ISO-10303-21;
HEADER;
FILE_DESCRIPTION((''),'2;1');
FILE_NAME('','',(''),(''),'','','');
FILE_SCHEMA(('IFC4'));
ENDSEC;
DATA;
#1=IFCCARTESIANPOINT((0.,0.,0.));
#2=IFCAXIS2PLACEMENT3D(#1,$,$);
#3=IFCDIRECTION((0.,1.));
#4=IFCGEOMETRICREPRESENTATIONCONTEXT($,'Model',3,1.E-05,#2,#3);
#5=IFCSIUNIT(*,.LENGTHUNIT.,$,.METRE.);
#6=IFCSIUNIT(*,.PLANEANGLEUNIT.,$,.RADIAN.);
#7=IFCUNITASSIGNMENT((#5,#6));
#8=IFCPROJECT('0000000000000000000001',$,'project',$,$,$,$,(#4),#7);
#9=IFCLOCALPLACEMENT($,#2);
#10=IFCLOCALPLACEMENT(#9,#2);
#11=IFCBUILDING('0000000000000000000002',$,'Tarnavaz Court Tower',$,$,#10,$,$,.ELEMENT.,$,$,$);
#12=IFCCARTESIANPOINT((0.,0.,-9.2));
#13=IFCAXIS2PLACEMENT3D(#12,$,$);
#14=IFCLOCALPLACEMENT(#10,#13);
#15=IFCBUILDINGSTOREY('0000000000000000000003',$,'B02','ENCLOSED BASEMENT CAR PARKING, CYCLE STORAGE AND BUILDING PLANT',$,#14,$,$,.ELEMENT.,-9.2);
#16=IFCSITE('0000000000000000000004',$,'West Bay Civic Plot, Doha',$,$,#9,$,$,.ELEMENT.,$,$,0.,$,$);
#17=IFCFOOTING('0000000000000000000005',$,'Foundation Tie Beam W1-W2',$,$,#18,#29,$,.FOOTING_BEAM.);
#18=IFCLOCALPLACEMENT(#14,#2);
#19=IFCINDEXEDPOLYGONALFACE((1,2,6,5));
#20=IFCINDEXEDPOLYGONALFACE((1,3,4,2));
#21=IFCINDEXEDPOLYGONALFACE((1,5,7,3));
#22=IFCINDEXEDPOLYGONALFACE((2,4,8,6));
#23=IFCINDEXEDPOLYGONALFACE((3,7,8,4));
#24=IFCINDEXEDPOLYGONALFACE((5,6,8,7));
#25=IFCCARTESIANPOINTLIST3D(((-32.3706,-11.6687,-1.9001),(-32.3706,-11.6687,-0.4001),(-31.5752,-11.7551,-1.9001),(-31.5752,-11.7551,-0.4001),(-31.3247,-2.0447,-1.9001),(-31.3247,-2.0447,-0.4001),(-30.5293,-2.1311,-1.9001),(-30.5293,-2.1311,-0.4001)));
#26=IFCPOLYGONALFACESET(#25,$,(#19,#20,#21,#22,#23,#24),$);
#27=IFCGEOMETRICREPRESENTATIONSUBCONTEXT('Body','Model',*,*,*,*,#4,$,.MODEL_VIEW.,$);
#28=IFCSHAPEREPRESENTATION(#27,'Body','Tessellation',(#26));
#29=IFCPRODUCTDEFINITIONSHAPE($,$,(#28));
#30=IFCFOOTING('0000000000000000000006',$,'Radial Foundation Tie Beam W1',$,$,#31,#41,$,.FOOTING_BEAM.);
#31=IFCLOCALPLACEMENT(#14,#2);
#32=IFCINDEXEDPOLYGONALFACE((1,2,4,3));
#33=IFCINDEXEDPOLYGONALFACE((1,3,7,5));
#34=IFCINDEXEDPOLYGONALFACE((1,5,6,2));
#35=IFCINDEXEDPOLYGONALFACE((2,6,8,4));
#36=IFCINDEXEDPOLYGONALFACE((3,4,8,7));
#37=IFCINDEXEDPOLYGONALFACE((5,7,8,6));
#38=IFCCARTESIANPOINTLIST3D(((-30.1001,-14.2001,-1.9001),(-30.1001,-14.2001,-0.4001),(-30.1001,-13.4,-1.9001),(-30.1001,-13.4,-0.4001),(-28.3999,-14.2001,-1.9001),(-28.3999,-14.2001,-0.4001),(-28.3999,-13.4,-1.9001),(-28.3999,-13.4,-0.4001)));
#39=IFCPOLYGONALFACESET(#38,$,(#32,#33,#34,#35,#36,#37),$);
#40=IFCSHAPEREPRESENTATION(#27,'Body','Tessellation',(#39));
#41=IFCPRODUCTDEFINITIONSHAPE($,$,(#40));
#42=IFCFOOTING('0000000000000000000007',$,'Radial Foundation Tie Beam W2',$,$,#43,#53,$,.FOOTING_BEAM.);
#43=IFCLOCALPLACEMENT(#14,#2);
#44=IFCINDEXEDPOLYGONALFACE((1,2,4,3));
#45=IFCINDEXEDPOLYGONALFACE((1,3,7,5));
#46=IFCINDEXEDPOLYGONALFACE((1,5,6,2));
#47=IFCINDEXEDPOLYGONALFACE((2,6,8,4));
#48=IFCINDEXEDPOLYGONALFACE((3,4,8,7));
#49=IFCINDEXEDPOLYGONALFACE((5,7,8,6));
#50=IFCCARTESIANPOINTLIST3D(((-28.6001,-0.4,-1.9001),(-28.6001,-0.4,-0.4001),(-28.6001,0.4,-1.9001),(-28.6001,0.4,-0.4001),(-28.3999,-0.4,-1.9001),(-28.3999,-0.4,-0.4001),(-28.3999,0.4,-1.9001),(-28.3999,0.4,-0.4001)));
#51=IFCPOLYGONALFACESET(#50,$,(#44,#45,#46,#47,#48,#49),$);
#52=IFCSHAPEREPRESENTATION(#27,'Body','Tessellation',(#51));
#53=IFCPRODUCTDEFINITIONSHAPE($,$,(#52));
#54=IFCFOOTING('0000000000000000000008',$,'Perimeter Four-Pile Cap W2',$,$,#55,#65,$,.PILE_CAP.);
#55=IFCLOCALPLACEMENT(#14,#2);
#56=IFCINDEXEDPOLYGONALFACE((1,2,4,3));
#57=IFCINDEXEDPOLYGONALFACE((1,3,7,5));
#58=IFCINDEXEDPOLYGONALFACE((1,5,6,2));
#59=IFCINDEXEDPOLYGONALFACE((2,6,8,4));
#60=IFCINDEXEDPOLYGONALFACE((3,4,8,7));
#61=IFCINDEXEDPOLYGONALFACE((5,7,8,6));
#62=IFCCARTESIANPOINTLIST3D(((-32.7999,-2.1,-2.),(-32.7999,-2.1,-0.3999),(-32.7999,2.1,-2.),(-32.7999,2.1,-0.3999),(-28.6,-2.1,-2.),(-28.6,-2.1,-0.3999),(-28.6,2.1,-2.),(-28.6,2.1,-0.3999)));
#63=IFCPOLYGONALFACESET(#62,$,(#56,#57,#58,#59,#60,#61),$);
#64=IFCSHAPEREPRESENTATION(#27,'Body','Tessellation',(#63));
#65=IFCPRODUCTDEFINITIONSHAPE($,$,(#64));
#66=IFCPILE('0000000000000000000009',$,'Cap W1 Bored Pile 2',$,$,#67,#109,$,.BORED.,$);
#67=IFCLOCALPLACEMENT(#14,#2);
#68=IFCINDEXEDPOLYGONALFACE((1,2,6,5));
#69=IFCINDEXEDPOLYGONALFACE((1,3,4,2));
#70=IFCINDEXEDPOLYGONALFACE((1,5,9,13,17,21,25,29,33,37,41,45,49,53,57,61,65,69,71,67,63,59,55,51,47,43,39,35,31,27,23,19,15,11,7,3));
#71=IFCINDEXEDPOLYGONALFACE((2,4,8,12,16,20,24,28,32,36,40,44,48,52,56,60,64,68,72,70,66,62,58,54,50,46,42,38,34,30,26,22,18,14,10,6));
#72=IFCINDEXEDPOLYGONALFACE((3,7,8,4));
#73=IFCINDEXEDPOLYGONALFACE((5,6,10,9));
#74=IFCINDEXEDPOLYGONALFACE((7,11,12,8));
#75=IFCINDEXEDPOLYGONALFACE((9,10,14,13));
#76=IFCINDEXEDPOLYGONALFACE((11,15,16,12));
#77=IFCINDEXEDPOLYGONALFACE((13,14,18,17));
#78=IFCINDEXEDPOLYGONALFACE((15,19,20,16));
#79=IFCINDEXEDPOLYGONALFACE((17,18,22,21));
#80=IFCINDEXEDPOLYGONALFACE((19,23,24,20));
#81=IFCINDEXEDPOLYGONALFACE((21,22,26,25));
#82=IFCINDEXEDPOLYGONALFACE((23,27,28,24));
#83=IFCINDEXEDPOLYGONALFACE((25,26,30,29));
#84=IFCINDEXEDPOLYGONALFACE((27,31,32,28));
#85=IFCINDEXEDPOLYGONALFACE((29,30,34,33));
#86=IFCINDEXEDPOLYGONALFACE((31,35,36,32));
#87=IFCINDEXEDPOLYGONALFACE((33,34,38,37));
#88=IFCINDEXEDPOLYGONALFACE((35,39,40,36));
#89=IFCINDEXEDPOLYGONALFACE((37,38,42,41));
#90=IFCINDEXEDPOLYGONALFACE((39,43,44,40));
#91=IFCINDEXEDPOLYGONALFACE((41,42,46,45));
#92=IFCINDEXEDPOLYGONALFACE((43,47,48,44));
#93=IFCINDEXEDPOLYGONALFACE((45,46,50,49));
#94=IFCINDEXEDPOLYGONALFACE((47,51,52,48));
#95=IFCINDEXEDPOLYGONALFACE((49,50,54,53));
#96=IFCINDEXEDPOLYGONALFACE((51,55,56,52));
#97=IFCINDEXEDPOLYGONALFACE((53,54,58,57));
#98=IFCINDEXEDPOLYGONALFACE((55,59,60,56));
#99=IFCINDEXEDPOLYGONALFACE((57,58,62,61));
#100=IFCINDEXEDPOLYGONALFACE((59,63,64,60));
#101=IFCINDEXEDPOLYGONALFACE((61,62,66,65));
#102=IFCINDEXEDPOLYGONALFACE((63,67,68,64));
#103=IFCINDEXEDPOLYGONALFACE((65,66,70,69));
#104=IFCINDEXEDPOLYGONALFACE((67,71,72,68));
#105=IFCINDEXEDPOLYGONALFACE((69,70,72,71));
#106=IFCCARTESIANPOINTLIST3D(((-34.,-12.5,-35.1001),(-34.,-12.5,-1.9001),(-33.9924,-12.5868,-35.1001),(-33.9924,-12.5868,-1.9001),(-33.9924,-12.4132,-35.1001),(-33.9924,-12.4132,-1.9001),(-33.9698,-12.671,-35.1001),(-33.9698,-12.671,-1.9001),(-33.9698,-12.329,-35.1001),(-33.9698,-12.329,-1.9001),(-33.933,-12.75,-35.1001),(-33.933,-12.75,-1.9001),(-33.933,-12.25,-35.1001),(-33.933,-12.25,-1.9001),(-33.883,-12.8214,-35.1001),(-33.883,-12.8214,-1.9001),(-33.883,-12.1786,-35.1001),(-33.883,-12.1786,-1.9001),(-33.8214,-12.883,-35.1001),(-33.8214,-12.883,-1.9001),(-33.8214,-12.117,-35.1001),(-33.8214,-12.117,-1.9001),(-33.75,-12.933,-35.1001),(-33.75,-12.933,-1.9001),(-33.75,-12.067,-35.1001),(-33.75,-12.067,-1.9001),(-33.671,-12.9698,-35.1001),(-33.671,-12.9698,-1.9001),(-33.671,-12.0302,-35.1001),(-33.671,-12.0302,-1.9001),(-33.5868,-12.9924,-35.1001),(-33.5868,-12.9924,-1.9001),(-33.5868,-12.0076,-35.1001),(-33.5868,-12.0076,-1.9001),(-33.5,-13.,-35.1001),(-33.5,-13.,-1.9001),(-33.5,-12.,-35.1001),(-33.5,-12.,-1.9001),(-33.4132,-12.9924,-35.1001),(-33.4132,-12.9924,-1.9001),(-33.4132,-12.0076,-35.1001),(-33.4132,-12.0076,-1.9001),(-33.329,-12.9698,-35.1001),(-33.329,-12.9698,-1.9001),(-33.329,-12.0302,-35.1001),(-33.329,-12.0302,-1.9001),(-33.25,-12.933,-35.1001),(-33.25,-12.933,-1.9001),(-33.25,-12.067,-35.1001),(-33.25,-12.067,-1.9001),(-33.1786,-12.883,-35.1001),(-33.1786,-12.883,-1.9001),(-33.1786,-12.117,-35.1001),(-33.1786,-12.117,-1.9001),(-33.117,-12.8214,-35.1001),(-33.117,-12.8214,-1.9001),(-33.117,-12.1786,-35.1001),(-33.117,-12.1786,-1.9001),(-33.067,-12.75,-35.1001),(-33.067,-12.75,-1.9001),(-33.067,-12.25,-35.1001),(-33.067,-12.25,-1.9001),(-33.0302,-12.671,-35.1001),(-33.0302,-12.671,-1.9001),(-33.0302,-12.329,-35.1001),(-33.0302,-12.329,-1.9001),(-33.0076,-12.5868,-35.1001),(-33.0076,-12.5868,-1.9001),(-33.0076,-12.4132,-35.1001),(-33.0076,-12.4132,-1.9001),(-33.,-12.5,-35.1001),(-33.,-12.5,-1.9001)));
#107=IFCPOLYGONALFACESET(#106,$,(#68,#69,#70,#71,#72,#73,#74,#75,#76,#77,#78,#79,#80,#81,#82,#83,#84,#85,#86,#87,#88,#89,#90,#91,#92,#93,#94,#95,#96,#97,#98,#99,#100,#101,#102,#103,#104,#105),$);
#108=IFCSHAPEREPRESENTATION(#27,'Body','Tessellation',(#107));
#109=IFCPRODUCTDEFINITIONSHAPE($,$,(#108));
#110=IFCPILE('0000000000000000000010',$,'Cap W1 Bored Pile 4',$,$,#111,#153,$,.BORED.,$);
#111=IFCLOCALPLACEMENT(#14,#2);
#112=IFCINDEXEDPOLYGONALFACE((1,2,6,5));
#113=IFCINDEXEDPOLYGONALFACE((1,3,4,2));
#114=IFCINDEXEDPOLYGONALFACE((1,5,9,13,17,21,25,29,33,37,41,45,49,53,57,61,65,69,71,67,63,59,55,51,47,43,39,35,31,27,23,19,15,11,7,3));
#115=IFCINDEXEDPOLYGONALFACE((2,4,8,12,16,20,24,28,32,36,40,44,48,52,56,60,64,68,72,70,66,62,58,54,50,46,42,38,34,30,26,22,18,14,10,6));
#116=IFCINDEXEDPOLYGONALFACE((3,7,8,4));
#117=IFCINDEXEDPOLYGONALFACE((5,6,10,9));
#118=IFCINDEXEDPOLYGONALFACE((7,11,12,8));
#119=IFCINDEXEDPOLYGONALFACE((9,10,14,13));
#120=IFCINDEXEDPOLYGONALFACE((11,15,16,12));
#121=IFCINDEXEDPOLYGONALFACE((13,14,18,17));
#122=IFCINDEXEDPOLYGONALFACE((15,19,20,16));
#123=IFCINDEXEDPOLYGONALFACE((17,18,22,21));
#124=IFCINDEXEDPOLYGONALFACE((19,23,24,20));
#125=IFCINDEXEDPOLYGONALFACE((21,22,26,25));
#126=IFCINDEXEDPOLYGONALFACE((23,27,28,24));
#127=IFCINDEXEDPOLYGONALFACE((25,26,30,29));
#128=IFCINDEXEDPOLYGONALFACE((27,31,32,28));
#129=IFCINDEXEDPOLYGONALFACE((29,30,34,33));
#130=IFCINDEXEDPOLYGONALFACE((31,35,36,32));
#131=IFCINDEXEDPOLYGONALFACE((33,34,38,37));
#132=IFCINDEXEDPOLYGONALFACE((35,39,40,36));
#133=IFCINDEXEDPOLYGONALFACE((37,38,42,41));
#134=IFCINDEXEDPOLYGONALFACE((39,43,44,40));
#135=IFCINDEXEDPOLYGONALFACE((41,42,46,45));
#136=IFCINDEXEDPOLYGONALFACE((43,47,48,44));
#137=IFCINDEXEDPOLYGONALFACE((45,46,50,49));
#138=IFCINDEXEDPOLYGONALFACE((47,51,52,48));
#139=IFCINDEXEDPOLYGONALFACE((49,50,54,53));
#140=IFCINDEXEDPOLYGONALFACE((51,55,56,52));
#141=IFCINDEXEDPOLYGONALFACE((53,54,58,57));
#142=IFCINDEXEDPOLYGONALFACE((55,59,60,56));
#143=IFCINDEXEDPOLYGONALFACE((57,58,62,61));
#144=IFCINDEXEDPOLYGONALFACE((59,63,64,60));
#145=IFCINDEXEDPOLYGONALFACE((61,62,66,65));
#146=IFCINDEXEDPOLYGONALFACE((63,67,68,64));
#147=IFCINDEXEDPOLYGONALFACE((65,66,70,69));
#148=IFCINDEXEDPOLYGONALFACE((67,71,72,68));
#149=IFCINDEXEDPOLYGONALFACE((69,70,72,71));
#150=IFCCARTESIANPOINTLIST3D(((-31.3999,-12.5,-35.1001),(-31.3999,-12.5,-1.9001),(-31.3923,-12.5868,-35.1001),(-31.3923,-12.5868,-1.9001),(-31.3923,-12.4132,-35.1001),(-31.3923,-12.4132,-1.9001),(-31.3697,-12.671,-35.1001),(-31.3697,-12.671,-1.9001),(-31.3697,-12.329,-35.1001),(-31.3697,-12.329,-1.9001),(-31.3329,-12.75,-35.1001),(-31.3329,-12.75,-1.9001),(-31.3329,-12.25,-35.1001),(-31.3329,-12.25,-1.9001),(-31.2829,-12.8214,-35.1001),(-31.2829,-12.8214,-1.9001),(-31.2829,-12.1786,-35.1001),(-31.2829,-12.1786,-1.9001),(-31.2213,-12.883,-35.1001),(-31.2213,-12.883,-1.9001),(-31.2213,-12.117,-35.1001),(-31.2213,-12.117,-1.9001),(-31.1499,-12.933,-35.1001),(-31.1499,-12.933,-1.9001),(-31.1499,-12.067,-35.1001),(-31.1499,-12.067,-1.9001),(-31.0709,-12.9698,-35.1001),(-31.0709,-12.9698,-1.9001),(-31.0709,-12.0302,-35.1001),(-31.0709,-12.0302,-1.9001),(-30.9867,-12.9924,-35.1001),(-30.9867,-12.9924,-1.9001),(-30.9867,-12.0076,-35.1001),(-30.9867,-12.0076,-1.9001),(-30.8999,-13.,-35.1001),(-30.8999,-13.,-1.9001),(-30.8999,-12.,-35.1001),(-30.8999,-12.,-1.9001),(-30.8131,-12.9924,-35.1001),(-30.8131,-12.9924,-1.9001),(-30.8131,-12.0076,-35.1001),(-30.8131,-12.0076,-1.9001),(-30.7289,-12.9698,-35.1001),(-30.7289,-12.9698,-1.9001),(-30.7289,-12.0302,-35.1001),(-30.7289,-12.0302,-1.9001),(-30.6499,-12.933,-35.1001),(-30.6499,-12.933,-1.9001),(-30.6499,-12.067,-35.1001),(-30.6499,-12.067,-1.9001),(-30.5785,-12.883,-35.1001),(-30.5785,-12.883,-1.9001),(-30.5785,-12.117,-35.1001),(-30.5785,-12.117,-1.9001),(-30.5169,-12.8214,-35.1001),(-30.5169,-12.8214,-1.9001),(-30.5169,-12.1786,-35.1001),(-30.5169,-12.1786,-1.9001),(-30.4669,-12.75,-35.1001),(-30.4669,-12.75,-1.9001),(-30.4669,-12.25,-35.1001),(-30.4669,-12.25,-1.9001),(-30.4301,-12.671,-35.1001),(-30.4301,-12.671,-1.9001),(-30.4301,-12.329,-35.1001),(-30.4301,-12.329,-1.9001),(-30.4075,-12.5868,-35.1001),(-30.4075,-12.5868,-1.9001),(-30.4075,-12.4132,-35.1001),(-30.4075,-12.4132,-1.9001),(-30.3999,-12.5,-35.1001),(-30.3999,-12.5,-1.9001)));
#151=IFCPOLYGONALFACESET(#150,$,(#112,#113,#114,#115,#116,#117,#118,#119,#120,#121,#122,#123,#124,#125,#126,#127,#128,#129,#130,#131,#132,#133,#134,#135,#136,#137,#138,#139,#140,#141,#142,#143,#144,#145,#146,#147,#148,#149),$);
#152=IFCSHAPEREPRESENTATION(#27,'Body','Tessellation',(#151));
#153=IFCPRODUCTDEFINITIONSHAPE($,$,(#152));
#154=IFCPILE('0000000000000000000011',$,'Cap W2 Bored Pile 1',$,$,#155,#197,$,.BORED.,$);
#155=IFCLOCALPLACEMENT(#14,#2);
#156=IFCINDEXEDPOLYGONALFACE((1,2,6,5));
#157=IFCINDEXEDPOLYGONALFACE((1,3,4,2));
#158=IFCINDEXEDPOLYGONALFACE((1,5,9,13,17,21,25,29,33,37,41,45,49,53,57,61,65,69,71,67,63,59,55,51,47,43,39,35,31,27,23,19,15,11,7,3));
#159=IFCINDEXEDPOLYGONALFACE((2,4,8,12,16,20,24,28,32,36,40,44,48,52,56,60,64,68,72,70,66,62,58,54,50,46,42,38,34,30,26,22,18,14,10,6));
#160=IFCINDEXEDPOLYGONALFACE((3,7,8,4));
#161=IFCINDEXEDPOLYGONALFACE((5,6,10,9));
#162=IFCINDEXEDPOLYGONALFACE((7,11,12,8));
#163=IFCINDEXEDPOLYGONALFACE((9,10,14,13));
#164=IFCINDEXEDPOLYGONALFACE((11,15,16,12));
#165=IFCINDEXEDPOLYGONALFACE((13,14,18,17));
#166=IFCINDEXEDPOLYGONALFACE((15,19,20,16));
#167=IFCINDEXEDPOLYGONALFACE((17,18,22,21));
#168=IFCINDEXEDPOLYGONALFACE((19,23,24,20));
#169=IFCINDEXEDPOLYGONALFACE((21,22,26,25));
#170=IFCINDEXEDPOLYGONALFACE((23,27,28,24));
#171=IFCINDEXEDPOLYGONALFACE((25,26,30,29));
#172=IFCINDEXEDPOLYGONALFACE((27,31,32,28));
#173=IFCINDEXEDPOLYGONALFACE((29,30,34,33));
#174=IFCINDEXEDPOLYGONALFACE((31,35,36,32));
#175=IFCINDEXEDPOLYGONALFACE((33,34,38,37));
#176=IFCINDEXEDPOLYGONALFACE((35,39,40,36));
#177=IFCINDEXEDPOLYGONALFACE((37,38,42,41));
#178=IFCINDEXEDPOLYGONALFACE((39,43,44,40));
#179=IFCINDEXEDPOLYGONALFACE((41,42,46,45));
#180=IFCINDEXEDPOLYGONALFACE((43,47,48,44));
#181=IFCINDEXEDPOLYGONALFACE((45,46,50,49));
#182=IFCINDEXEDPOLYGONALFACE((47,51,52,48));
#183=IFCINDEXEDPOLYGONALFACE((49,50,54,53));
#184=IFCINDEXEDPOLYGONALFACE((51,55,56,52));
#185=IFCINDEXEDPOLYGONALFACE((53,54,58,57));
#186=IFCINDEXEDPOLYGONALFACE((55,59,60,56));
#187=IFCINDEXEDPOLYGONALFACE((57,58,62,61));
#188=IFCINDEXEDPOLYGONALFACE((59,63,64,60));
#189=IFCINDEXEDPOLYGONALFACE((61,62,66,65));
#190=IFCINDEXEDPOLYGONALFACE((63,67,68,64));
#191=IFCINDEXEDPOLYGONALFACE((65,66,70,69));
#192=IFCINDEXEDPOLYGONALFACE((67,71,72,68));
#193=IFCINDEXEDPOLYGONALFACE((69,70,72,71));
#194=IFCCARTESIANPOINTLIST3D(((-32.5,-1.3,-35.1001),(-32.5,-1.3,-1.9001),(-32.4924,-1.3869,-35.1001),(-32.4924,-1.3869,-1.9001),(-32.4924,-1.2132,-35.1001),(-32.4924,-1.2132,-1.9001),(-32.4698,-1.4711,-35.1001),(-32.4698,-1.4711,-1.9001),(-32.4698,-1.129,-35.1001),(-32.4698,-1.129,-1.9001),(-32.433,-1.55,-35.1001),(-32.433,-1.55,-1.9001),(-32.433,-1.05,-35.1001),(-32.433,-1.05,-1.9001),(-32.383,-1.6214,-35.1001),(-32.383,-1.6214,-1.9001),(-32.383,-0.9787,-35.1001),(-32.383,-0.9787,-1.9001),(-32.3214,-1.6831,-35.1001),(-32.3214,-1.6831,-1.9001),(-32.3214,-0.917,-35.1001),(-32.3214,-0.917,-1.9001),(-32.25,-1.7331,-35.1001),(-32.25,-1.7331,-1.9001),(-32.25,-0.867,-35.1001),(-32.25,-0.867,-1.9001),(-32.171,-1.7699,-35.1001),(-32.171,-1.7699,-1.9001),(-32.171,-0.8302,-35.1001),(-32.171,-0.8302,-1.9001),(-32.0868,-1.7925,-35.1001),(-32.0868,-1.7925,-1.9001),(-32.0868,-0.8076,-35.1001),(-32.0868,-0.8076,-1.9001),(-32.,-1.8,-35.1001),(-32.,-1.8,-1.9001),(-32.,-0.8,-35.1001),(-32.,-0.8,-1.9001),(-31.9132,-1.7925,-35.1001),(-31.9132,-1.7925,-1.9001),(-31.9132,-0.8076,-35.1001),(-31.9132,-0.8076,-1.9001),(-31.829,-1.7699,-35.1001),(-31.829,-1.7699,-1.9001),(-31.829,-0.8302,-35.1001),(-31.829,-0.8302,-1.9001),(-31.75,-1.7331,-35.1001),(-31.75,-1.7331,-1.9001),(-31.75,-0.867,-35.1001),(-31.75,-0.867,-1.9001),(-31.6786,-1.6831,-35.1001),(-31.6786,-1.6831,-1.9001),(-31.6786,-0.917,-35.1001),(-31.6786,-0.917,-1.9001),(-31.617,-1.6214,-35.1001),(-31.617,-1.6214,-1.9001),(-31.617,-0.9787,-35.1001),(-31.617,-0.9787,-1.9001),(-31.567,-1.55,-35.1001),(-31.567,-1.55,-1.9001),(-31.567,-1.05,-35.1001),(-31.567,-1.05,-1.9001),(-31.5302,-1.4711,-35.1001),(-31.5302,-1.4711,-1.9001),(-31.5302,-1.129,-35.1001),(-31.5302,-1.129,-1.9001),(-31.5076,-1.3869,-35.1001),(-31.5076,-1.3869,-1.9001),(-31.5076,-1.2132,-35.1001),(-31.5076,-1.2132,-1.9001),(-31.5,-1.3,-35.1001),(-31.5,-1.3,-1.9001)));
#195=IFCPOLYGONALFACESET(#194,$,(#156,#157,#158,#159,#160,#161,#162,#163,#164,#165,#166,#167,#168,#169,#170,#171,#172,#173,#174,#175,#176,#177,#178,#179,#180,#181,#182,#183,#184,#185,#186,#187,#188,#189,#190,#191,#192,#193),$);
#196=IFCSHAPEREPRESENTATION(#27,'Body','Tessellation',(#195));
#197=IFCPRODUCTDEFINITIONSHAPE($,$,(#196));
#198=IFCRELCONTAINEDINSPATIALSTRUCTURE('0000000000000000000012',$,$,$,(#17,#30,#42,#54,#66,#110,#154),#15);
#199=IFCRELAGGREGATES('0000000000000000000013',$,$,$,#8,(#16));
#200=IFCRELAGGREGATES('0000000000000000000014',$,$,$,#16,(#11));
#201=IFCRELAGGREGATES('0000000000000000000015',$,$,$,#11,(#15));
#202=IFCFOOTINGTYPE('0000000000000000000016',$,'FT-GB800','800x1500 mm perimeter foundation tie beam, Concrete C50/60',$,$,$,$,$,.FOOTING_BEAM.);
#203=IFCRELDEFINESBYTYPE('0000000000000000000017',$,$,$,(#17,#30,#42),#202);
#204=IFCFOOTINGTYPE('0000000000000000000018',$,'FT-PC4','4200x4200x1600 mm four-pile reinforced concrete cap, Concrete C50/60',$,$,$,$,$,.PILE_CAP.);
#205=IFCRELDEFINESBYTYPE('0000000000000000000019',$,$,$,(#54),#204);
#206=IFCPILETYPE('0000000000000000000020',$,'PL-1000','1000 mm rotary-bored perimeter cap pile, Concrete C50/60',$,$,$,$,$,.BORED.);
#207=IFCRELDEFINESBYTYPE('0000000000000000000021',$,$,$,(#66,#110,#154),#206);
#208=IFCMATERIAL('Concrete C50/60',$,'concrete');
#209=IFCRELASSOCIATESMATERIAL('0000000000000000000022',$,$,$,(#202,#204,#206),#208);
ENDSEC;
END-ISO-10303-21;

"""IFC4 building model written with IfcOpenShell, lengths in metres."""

from ifc_helpers import new_model, si_unit, direction, frame, origin, origin_2d, place, context, subcontext, project, spatial, rectangle, circle, extrude, material, material_profile, profile_set, type_object, element, save


model = new_model("IFC4")

# Units and contexts
model_context = context("Model", 3, precision=1e-05, world=origin(), true_north=direction((0.0, 1.0)))
body_context = subcontext(model_context, "Body", "Model", "MODEL_VIEW")
ifc_project = project(units=[si_unit("LENGTHUNIT", "METRE"), si_unit("PLANEANGLEUNIT", "RADIAN")], contexts=[model_context])

# Site, building, storey
site_placement = place(None, origin())
site = spatial("IfcSite", under=ifc_project, at=site_placement, Name="West Bay Civic Plot, Doha", CompositionType="ELEMENT", RefElevation=0.0)
building_placement = place(site_placement, origin())
building = spatial("IfcBuilding", under=site, at=building_placement, Name="Tarnavaz Court Tower", CompositionType="ELEMENT")
storey_placement = place(building_placement, frame((0.0, 0.0, -9.2)))
storey = spatial("IfcBuildingStorey", under=building, at=storey_placement, Name="B02", Description="ENCLOSED BASEMENT CAR PARKING, CYCLE STORAGE AND BUILDING PLANT", CompositionType="ELEMENT", Elevation=-9.2)

# Footings
ifc_material_1 = material(Name="Concrete C50/60", Category="concrete")
ifc_material_profile_1 = material_profile(ifc_material_1, rectangle(XDim=0.8, YDim=1.5, at=origin_2d()), Name="RC 800X1500")
ifc_profile_set_1 = profile_set([ifc_material_profile_1], Name="Concrete C50/60")
footing_type_1 = type_object("IfcFootingType", Name="FT-GB800", Description="800x1500 mm perimeter foundation tie beam, Concrete C50/60", PredefinedType="FOOTING_BEAM", material=ifc_profile_set_1)
footing_1_placement = place(storey_placement, frame((-31.9729, -11.7119, -1.1501), z_axis=(0.10804, 0.994147, 0.0), x_axis=(-0.994147, 0.10804, 0.0)))
element("IfcFooting", 1, at=footing_1_placement, inside=storey, type_object=footing_type_1, Name="Foundation Tie Beam W1-W2", PredefinedType="FOOTING_BEAM", context=body_context, shape_type="SweptSolid", body=[
    extrude(rectangle(XDim=0.8, YDim=1.5, at=origin_2d()), origin(), (0.0, 0.0, 1.0), 9.6807),
])
footing_2_placement = place(storey_placement, frame((-30.1001, -13.8, -1.1501), z_axis=(1.0, 0.0, 0.0), x_axis=(0.0, 1.0, 0.0)))
element("IfcFooting", 2, at=footing_2_placement, inside=storey, type_object=footing_type_1, Name="Radial Foundation Tie Beam W1", PredefinedType="FOOTING_BEAM", context=body_context, shape_type="SweptSolid", body=[
    extrude(rectangle(XDim=0.8, YDim=1.5, at=origin_2d()), origin(), (0.0, 0.0, 1.0), 1.7002),
])
footing_3_placement = place(storey_placement, frame((-28.6001, 0.0, -1.1501), z_axis=(1.0, 0.0, 0.0), x_axis=(0.0, 1.0, 0.0)))
element("IfcFooting", 3, at=footing_3_placement, inside=storey, type_object=footing_type_1, Name="Radial Foundation Tie Beam W2", PredefinedType="FOOTING_BEAM", context=body_context, shape_type="SweptSolid", body=[
    extrude(rectangle(XDim=0.8, YDim=1.5, at=origin_2d()), origin(), (0.0, 0.0, 1.0), 0.2002),
])
footing_type_2 = type_object("IfcFootingType", Name="FT-PC4", Description="4200x4200x1600 mm four-pile reinforced concrete cap, Concrete C50/60", PredefinedType="PILE_CAP", material=ifc_material_1)
footing_4_placement = place(storey_placement, frame((-30.7, 0.0, -2.0), z_axis=(0.0, 0.0, 1.0), x_axis=(1.0, 0.0, 0.0)))
element("IfcFooting", 4, at=footing_4_placement, inside=storey, type_object=footing_type_2, Name="Perimeter Four-Pile Cap W2", PredefinedType="PILE_CAP", context=body_context, shape_type="SweptSolid", body=[
    extrude(rectangle(XDim=4.2, YDim=4.2, at=origin_2d()), origin(), (0.0, 0.0, 1.0), 1.6001),
])

# Piles
ifc_material_profile_2 = material_profile(ifc_material_1, circle(Radius=0.5, at=origin_2d()), Name="PILE D1000")
ifc_profile_set_2 = profile_set([ifc_material_profile_2], Name="Concrete C50/60")
pile_type_1 = type_object("IfcPileType", Name="PL-1000", Description="1000 mm rotary-bored perimeter cap pile, Concrete C50/60", PredefinedType="BORED", material=ifc_profile_set_2)
for number, where, z_axis, x_axis, name in (
    (5, (-33.5, -12.5, -1.9001), (0.0, 0.0, -1.0), (1.0, 0.0, 0.0), "Cap W1 Bored Pile 2"),
    (6, (-30.8999, -12.5, -1.9001), (0.0, 0.0, -1.0), (1.0, 0.0, 0.0), "Cap W1 Bored Pile 4"),
    (7, (-32.0, -1.3, -1.9001), (0.0, 0.0, -1.0), (1.0, 0.0, 0.0), "Cap W2 Bored Pile 1"),
):
    element("IfcPile", number, at=place(storey_placement, frame(where, z_axis=z_axis, x_axis=x_axis)), inside=storey, type_object=pile_type_1, Name=name, PredefinedType="BORED", context=body_context, shape_type="SweptSolid", body=[
        extrude(circle(Radius=0.5, at=origin_2d()), origin(), (0.0, 0.0, 1.0), 33.2),
    ])

save(model, "model.ifc")
